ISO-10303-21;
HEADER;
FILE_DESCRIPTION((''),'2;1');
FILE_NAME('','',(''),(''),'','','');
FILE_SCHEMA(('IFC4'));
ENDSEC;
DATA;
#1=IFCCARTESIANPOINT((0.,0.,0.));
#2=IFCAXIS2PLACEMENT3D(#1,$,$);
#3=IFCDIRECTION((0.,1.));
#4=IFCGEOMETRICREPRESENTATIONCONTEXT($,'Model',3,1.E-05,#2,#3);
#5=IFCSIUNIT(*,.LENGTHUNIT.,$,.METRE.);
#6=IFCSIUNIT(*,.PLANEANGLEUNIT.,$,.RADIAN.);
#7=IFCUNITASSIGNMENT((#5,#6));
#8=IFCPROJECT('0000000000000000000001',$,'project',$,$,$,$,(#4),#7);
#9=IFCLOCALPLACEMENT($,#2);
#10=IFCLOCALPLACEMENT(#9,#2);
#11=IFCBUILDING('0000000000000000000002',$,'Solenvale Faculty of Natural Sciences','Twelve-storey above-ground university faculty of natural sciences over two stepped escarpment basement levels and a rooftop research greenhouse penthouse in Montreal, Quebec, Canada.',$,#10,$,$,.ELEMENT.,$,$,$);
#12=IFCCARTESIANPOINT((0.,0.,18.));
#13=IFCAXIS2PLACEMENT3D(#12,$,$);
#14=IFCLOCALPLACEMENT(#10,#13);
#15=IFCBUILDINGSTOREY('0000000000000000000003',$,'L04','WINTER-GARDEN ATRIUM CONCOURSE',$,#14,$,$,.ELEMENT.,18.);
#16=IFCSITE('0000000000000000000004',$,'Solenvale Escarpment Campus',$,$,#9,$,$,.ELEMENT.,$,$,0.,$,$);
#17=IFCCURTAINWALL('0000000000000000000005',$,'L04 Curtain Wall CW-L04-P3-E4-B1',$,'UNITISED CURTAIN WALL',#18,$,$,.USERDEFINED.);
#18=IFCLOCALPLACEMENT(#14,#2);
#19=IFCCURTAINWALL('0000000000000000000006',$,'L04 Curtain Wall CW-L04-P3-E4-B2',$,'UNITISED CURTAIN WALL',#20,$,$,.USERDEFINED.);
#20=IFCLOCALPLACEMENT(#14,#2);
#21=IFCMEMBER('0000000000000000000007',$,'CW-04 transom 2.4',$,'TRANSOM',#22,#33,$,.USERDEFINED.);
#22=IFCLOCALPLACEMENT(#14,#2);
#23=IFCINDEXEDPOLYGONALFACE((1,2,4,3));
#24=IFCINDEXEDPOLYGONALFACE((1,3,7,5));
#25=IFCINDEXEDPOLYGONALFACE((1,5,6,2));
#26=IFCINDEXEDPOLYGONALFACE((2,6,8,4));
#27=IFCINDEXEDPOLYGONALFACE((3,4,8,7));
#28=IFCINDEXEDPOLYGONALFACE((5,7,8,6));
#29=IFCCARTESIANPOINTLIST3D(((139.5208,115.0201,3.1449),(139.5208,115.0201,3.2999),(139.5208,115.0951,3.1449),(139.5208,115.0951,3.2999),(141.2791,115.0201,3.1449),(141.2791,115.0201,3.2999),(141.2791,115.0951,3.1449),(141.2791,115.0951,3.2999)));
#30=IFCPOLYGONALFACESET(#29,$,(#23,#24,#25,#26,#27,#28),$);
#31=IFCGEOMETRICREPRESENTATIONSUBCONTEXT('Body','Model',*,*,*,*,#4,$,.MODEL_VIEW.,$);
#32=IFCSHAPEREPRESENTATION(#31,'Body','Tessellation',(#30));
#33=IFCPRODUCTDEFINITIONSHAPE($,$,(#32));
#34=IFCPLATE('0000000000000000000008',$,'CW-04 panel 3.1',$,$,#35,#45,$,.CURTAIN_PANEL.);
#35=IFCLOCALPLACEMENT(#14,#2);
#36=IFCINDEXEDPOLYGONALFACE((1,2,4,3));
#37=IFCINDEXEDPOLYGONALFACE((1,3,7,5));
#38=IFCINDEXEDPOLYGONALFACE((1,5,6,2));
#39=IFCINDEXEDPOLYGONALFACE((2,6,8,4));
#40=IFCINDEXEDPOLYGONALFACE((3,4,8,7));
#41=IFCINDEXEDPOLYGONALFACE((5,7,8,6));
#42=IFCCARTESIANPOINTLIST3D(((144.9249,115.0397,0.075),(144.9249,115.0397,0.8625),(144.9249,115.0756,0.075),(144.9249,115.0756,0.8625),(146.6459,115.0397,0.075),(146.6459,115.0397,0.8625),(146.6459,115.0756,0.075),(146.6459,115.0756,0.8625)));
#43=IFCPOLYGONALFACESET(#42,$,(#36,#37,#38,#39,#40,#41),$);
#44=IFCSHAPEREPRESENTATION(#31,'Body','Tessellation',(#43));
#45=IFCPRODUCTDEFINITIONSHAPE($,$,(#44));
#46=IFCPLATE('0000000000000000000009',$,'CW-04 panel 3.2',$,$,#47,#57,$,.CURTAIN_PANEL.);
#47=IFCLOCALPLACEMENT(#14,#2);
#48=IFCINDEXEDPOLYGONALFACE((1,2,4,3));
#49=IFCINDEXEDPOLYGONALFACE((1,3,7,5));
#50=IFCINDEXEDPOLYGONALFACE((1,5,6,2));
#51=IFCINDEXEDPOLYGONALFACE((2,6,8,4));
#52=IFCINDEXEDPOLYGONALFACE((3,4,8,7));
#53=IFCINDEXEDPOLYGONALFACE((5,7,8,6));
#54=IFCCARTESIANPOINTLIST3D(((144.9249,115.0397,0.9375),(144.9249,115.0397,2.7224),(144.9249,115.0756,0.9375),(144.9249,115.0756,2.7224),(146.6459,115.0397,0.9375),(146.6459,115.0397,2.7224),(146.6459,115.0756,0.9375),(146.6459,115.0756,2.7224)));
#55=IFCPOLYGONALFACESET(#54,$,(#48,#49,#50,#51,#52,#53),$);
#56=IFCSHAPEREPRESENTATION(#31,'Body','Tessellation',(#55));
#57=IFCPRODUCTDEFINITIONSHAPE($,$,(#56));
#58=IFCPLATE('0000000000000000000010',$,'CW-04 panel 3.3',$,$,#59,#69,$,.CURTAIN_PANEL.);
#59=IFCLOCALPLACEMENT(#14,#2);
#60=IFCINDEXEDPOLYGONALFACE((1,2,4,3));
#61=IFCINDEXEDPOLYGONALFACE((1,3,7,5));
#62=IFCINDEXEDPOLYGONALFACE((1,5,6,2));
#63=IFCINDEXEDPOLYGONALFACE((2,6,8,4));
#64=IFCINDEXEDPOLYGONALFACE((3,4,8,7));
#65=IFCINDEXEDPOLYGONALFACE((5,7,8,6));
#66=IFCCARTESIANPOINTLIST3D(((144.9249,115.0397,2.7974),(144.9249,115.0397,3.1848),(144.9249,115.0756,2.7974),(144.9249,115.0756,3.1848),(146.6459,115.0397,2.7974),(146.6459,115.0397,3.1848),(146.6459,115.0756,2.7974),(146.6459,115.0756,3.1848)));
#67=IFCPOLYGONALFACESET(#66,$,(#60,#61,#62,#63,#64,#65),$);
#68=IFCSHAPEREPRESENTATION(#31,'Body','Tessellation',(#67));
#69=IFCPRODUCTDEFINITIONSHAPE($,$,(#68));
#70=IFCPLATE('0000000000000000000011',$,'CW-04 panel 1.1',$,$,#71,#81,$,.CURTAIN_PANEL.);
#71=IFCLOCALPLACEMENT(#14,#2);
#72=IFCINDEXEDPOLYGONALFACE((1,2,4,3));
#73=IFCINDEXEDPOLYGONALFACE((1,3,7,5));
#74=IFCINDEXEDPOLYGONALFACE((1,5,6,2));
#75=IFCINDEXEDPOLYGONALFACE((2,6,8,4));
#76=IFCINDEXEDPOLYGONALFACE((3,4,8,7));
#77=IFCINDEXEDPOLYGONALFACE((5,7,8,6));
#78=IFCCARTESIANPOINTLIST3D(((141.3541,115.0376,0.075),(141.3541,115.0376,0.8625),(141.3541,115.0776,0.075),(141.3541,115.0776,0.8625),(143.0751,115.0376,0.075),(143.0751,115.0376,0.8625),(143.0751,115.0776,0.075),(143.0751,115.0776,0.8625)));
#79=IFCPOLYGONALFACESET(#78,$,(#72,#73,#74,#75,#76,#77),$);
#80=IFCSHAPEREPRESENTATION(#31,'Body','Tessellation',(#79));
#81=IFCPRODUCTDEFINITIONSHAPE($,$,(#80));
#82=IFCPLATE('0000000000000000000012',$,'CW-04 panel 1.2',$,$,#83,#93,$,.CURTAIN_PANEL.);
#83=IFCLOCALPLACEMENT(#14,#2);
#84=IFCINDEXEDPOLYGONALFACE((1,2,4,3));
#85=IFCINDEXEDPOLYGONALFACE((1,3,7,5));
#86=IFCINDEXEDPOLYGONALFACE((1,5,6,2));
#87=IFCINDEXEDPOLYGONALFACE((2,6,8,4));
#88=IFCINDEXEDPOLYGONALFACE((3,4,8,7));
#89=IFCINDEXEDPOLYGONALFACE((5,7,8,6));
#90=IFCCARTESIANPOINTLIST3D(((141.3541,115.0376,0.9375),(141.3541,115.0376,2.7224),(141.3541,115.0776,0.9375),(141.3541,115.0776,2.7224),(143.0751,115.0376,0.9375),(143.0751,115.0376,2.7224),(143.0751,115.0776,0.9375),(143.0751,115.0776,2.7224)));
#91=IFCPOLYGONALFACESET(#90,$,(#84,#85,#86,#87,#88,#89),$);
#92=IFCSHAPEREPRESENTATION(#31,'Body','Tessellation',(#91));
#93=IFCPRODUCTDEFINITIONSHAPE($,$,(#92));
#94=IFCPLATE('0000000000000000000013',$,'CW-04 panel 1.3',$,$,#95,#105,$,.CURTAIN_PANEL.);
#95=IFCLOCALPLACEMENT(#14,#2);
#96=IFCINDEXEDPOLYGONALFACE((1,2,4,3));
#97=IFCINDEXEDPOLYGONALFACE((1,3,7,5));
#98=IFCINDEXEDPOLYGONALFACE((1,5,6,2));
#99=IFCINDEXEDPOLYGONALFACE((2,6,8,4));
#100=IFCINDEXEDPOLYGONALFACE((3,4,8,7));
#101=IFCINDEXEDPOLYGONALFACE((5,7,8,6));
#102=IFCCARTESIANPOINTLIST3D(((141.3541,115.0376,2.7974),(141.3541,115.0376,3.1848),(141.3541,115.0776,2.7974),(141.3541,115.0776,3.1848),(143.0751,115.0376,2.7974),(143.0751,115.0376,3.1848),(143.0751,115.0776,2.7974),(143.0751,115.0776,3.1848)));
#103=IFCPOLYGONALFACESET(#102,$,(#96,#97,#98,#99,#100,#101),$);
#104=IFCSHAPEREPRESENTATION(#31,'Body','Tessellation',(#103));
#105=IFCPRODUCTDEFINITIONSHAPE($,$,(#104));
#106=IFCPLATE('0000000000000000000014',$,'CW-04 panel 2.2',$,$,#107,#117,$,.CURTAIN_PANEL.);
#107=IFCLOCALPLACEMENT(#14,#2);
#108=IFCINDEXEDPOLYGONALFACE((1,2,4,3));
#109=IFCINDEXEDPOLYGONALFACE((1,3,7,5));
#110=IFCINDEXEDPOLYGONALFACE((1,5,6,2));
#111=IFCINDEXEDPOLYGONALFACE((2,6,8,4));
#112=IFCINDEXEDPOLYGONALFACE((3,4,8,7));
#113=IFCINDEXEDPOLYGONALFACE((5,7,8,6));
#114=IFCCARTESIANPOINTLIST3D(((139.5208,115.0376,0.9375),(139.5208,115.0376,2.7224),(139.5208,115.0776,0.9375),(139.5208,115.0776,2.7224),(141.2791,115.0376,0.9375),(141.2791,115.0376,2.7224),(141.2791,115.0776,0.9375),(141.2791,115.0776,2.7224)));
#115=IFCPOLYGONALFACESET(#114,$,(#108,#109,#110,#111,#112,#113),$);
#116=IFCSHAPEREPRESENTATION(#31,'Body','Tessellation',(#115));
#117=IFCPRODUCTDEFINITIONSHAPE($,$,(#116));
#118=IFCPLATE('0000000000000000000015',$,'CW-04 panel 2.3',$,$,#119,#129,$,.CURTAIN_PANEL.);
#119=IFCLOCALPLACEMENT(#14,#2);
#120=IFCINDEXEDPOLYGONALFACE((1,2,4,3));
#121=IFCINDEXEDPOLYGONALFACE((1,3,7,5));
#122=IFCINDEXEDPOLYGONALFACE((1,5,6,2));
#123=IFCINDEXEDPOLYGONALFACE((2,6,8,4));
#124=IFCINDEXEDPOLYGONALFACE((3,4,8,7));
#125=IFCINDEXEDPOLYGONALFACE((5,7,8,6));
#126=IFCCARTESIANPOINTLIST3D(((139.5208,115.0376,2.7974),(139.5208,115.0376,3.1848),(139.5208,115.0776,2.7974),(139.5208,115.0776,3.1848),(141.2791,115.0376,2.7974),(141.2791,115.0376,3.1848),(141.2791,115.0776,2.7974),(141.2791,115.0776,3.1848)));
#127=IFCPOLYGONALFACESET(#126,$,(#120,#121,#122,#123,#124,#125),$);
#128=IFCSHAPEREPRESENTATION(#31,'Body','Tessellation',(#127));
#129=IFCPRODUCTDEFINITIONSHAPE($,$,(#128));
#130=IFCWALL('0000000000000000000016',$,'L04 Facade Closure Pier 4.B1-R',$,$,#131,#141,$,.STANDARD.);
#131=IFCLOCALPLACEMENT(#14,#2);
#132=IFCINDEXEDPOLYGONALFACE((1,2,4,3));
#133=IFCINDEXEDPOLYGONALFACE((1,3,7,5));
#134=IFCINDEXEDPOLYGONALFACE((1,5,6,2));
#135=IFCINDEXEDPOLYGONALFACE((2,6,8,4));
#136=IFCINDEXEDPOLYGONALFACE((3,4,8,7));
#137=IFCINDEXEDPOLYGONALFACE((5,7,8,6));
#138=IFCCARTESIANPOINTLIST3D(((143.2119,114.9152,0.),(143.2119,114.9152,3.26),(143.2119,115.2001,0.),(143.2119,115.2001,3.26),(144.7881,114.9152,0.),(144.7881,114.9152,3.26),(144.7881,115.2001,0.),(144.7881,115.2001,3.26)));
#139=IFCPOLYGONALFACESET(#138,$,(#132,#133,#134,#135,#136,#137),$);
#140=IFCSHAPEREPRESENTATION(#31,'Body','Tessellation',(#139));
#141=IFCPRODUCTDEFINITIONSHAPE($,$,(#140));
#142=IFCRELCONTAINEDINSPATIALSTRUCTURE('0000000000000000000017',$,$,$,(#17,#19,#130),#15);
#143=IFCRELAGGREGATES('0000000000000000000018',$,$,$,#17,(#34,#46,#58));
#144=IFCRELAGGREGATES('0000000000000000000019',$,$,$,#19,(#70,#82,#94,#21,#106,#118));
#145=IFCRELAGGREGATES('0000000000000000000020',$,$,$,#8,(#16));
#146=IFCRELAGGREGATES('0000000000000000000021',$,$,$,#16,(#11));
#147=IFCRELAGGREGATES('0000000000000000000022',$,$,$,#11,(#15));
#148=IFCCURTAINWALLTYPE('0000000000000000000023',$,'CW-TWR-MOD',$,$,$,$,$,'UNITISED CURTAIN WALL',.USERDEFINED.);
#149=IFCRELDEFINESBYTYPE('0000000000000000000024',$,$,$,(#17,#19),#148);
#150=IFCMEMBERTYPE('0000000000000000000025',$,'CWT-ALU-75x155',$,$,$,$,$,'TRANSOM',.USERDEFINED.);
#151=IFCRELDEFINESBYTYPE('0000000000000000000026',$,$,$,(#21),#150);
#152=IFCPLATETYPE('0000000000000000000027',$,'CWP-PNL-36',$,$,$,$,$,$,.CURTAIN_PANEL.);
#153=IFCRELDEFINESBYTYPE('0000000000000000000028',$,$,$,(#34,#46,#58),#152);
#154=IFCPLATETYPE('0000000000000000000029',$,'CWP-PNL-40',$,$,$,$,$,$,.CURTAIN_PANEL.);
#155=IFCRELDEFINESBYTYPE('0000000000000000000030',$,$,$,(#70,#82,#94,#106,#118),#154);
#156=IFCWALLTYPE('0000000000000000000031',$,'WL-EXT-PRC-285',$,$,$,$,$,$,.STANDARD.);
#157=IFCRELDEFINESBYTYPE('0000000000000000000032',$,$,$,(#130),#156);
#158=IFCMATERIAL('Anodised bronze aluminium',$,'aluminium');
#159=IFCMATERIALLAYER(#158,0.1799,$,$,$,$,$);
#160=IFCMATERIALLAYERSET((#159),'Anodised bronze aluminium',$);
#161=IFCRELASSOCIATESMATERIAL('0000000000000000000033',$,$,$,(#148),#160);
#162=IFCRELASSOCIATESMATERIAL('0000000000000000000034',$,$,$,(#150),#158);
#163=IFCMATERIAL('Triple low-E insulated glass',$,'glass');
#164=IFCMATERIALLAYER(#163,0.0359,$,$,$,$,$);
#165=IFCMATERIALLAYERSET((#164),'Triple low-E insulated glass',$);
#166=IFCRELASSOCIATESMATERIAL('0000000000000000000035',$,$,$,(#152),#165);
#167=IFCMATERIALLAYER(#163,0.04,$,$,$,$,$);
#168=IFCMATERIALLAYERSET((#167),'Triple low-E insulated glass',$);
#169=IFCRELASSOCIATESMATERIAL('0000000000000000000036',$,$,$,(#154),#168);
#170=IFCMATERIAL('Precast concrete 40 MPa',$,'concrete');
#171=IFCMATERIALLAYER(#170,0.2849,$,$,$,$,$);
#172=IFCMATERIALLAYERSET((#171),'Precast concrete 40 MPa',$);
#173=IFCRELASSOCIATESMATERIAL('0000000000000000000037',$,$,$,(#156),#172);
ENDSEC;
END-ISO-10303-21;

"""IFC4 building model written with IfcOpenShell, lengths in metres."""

from ifc_helpers import new_model, si_unit, direction, frame, frame_2d, origin, origin_2d, place, context, subcontext, project, spatial, rectangle, extrude, material, layer, layer_set, material_profile, profile_set, type_object, element, aggregate, save


model = new_model("IFC4")

# Units and contexts
model_context = context("Model", 3, precision=1e-05, world=origin(), true_north=direction((0.0, 1.0)))
body_context = subcontext(model_context, "Body", "Model", "MODEL_VIEW")
ifc_project = project(units=[si_unit("LENGTHUNIT", "METRE"), si_unit("PLANEANGLEUNIT", "RADIAN")], contexts=[model_context])

# Site, building, storey
site_placement = place(None, origin())
site = spatial("IfcSite", under=ifc_project, at=site_placement, Name="Solenvale Escarpment Campus", CompositionType="ELEMENT", RefElevation=0.0)
building_placement = place(site_placement, origin())
building = spatial("IfcBuilding", under=site, at=building_placement, Name="Solenvale Faculty of Natural Sciences", Description="Twelve-storey above-ground university faculty of natural sciences over two stepped escarpment basement levels and a rooftop research greenhouse penthouse in Montreal, Quebec, Canada.", CompositionType="ELEMENT")
storey_placement = place(building_placement, frame((0.0, 0.0, 18.0)))
storey = spatial("IfcBuildingStorey", under=building, at=storey_placement, Name="L04", Description="WINTER-GARDEN ATRIUM CONCOURSE", CompositionType="ELEMENT", Elevation=18.0)

# Shared definitions
ifc_material_1 = material(Name="Precast concrete 40 MPa", Category="concrete")

# Curtain wall
ifc_material_2 = material(Name="Anodised bronze aluminium", Category="aluminium")
ifc_layer_1 = layer(ifc_material_2, 0.1799)
ifc_layer_set_1 = layer_set([ifc_layer_1], Name="Anodised bronze aluminium")
curtain_wall_type = type_object("IfcCurtainWallType", Name="CW-TWR-MOD", ElementType="UNITISED CURTAIN WALL", PredefinedType="USERDEFINED", material=ifc_layer_set_1)
curtain_wall_1_placement = place(storey_placement, origin())
curtain_wall_1 = element("IfcCurtainWall", 1, at=curtain_wall_1_placement, inside=storey, type_object=curtain_wall_type, Name="L04 Curtain Wall CW-L04-P3-E4-B1", ObjectType="UNITISED CURTAIN WALL", PredefinedType="USERDEFINED")

# Curtain wall
curtain_wall_2_placement = place(storey_placement, origin())
curtain_wall_2 = element("IfcCurtainWall", 2, at=curtain_wall_2_placement, inside=storey, type_object=curtain_wall_type, Name="L04 Curtain Wall CW-L04-P3-E4-B2", ObjectType="UNITISED CURTAIN WALL", PredefinedType="USERDEFINED")

# Member
ifc_material_profile_1 = material_profile(ifc_material_2, rectangle(XDim=0.075, YDim=0.155, at=origin_2d()), Name="ALU-TRN-75x155")
ifc_profile_set_1 = profile_set([ifc_material_profile_1], Name="Anodised bronze aluminium")
member_type_1 = type_object("IfcMemberType", Name="CWT-ALU-75x155", ElementType="TRANSOM", PredefinedType="USERDEFINED", material=ifc_profile_set_1)
member_1_placement = place(storey_placement, frame((141.2791, 115.0576, 3.2224), z_axis=(-1.0, 0.0, 0.0), x_axis=(0.0, -1.0, 0.0)))
member_1 = element("IfcMember", 3, at=member_1_placement, type_object=member_type_1, Name="CW-04 transom 2.4", ObjectType="TRANSOM", PredefinedType="USERDEFINED", context=body_context, shape_type="SweptSolid", body=[
    extrude(rectangle(XDim=0.075, YDim=0.155, at=origin_2d()), origin(), (0.0, 0.0, 1.0), 1.7583),
])

# Plates
ifc_material_3 = material(Name="Triple low-E insulated glass", Category="glass")
ifc_layer_2 = layer(ifc_material_3, 0.0359)
ifc_layer_set_2 = layer_set([ifc_layer_2], Name="Triple low-E insulated glass")
plate_type_1 = type_object("IfcPlateType", Name="CWP-PNL-36", PredefinedType="CURTAIN_PANEL", material=ifc_layer_set_2)
plate_1_placement = place(storey_placement, frame((145.7854, 115.0576, 0.075), z_axis=(0.0, 0.0, 1.0), x_axis=(-1.0, 0.0, 0.0)))
plate_1 = element("IfcPlate", 4, at=plate_1_placement, type_object=plate_type_1, Name="CW-04 panel 3.1", PredefinedType="CURTAIN_PANEL", context=body_context, shape_type="SweptSolid", body=[
    extrude(rectangle(XDim=1.7209, YDim=0.0359, at=origin_2d()), origin(), (0.0, 0.0, 1.0), 0.7876),
])
plate_2_placement = place(storey_placement, frame((145.7854, 115.0576, 0.9375), z_axis=(0.0, 0.0, 1.0), x_axis=(-1.0, 0.0, 0.0)))
plate_2 = element("IfcPlate", 5, at=plate_2_placement, type_object=plate_type_1, Name="CW-04 panel 3.2", PredefinedType="CURTAIN_PANEL", context=body_context, shape_type="SweptSolid", body=[
    extrude(rectangle(XDim=1.7209, YDim=0.0359, at=origin_2d()), origin(), (0.0, 0.0, 1.0), 1.7849),
])
plate_3_placement = place(storey_placement, frame((145.7854, 115.0576, 2.7974), z_axis=(0.0, 0.0, 1.0), x_axis=(-1.0, 0.0, 0.0)))
plate_3 = element("IfcPlate", 6, at=plate_3_placement, type_object=plate_type_1, Name="CW-04 panel 3.3", PredefinedType="CURTAIN_PANEL", context=body_context, shape_type="SweptSolid", body=[
    extrude(rectangle(XDim=1.7209, YDim=0.0359, at=origin_2d()), origin(), (0.0, 0.0, 1.0), 0.3875),
])
aggregate(curtain_wall_1, [plate_1, plate_2, plate_3])
ifc_layer_3 = layer(ifc_material_3, 0.04)
ifc_layer_set_3 = layer_set([ifc_layer_3], Name="Triple low-E insulated glass")
plate_type_2 = type_object("IfcPlateType", Name="CWP-PNL-40", PredefinedType="CURTAIN_PANEL", material=ifc_layer_set_3)
plate_4_placement = place(storey_placement, frame((142.2146, 115.0576, 0.075), z_axis=(0.0, 0.0, 1.0), x_axis=(-1.0, 0.0, 0.0)))
plate_4 = element("IfcPlate", 7, at=plate_4_placement, type_object=plate_type_2, Name="CW-04 panel 1.1", PredefinedType="CURTAIN_PANEL", context=body_context, shape_type="SweptSolid", body=[
    extrude(rectangle(XDim=1.7209, YDim=0.04, at=origin_2d()), origin(), (0.0, 0.0, 1.0), 0.7876),
])
plate_5_placement = place(storey_placement, frame((142.2146, 115.0576, 0.9375), z_axis=(0.0, 0.0, 1.0), x_axis=(-1.0, 0.0, 0.0)))
plate_5 = element("IfcPlate", 8, at=plate_5_placement, type_object=plate_type_2, Name="CW-04 panel 1.2", PredefinedType="CURTAIN_PANEL", context=body_context, shape_type="SweptSolid", body=[
    extrude(rectangle(XDim=1.7209, YDim=0.04, at=origin_2d()), origin(), (0.0, 0.0, 1.0), 1.7849),
])
plate_6_placement = place(storey_placement, frame((142.2146, 115.0576, 2.7974), z_axis=(0.0, 0.0, 1.0), x_axis=(-1.0, 0.0, 0.0)))
plate_6 = element("IfcPlate", 9, at=plate_6_placement, type_object=plate_type_2, Name="CW-04 panel 1.3", PredefinedType="CURTAIN_PANEL", context=body_context, shape_type="SweptSolid", body=[
    extrude(rectangle(XDim=1.7209, YDim=0.04, at=origin_2d()), origin(), (0.0, 0.0, 1.0), 0.3875),
])
plate_7_placement = place(storey_placement, frame((140.3999, 115.0576, 0.9375), z_axis=(0.0, 0.0, 1.0), x_axis=(-1.0, 0.0, 0.0)))
plate_7 = element("IfcPlate", 10, at=plate_7_placement, type_object=plate_type_2, Name="CW-04 panel 2.2", PredefinedType="CURTAIN_PANEL", context=body_context, shape_type="SweptSolid", body=[
    extrude(rectangle(XDim=1.7583, YDim=0.04, at=origin_2d()), origin(), (0.0, 0.0, 1.0), 1.7849),
])
plate_8_placement = place(storey_placement, frame((140.3999, 115.0576, 2.7974), z_axis=(0.0, 0.0, 1.0), x_axis=(-1.0, 0.0, 0.0)))
plate_8 = element("IfcPlate", 11, at=plate_8_placement, type_object=plate_type_2, Name="CW-04 panel 2.3", PredefinedType="CURTAIN_PANEL", context=body_context, shape_type="SweptSolid", body=[
    extrude(rectangle(XDim=1.7583, YDim=0.04, at=origin_2d()), origin(), (0.0, 0.0, 1.0), 0.3875),
])
aggregate(curtain_wall_2, [plate_4, plate_5, plate_6, member_1, plate_7, plate_8])

# Wall
ifc_layer_4 = layer(ifc_material_1, 0.2849)
ifc_layer_set_4 = layer_set([ifc_layer_4], Name="Precast concrete 40 MPa")
wall_type = type_object("IfcWallType", Name="WL-EXT-PRC-285", PredefinedType="STANDARD", material=ifc_layer_set_4)
wall_placement = place(storey_placement, frame((144.7881, 115.0576, 0.0), z_axis=(0.0, 0.0, 1.0), x_axis=(-1.0, 0.0, 0.0)))
element("IfcWall", 12, at=wall_placement, inside=storey, type_object=wall_type, Name="L04 Facade Closure Pier 4.B1-R", PredefinedType="STANDARD", context=body_context, shape_type="SweptSolid", body=[
    extrude(rectangle(XDim=1.5762, YDim=0.2849, at=frame_2d((0.7881, 0.0))), origin(), (0.0, 0.0, 1.0), 3.26),
])

save(model, "model.ifc")
